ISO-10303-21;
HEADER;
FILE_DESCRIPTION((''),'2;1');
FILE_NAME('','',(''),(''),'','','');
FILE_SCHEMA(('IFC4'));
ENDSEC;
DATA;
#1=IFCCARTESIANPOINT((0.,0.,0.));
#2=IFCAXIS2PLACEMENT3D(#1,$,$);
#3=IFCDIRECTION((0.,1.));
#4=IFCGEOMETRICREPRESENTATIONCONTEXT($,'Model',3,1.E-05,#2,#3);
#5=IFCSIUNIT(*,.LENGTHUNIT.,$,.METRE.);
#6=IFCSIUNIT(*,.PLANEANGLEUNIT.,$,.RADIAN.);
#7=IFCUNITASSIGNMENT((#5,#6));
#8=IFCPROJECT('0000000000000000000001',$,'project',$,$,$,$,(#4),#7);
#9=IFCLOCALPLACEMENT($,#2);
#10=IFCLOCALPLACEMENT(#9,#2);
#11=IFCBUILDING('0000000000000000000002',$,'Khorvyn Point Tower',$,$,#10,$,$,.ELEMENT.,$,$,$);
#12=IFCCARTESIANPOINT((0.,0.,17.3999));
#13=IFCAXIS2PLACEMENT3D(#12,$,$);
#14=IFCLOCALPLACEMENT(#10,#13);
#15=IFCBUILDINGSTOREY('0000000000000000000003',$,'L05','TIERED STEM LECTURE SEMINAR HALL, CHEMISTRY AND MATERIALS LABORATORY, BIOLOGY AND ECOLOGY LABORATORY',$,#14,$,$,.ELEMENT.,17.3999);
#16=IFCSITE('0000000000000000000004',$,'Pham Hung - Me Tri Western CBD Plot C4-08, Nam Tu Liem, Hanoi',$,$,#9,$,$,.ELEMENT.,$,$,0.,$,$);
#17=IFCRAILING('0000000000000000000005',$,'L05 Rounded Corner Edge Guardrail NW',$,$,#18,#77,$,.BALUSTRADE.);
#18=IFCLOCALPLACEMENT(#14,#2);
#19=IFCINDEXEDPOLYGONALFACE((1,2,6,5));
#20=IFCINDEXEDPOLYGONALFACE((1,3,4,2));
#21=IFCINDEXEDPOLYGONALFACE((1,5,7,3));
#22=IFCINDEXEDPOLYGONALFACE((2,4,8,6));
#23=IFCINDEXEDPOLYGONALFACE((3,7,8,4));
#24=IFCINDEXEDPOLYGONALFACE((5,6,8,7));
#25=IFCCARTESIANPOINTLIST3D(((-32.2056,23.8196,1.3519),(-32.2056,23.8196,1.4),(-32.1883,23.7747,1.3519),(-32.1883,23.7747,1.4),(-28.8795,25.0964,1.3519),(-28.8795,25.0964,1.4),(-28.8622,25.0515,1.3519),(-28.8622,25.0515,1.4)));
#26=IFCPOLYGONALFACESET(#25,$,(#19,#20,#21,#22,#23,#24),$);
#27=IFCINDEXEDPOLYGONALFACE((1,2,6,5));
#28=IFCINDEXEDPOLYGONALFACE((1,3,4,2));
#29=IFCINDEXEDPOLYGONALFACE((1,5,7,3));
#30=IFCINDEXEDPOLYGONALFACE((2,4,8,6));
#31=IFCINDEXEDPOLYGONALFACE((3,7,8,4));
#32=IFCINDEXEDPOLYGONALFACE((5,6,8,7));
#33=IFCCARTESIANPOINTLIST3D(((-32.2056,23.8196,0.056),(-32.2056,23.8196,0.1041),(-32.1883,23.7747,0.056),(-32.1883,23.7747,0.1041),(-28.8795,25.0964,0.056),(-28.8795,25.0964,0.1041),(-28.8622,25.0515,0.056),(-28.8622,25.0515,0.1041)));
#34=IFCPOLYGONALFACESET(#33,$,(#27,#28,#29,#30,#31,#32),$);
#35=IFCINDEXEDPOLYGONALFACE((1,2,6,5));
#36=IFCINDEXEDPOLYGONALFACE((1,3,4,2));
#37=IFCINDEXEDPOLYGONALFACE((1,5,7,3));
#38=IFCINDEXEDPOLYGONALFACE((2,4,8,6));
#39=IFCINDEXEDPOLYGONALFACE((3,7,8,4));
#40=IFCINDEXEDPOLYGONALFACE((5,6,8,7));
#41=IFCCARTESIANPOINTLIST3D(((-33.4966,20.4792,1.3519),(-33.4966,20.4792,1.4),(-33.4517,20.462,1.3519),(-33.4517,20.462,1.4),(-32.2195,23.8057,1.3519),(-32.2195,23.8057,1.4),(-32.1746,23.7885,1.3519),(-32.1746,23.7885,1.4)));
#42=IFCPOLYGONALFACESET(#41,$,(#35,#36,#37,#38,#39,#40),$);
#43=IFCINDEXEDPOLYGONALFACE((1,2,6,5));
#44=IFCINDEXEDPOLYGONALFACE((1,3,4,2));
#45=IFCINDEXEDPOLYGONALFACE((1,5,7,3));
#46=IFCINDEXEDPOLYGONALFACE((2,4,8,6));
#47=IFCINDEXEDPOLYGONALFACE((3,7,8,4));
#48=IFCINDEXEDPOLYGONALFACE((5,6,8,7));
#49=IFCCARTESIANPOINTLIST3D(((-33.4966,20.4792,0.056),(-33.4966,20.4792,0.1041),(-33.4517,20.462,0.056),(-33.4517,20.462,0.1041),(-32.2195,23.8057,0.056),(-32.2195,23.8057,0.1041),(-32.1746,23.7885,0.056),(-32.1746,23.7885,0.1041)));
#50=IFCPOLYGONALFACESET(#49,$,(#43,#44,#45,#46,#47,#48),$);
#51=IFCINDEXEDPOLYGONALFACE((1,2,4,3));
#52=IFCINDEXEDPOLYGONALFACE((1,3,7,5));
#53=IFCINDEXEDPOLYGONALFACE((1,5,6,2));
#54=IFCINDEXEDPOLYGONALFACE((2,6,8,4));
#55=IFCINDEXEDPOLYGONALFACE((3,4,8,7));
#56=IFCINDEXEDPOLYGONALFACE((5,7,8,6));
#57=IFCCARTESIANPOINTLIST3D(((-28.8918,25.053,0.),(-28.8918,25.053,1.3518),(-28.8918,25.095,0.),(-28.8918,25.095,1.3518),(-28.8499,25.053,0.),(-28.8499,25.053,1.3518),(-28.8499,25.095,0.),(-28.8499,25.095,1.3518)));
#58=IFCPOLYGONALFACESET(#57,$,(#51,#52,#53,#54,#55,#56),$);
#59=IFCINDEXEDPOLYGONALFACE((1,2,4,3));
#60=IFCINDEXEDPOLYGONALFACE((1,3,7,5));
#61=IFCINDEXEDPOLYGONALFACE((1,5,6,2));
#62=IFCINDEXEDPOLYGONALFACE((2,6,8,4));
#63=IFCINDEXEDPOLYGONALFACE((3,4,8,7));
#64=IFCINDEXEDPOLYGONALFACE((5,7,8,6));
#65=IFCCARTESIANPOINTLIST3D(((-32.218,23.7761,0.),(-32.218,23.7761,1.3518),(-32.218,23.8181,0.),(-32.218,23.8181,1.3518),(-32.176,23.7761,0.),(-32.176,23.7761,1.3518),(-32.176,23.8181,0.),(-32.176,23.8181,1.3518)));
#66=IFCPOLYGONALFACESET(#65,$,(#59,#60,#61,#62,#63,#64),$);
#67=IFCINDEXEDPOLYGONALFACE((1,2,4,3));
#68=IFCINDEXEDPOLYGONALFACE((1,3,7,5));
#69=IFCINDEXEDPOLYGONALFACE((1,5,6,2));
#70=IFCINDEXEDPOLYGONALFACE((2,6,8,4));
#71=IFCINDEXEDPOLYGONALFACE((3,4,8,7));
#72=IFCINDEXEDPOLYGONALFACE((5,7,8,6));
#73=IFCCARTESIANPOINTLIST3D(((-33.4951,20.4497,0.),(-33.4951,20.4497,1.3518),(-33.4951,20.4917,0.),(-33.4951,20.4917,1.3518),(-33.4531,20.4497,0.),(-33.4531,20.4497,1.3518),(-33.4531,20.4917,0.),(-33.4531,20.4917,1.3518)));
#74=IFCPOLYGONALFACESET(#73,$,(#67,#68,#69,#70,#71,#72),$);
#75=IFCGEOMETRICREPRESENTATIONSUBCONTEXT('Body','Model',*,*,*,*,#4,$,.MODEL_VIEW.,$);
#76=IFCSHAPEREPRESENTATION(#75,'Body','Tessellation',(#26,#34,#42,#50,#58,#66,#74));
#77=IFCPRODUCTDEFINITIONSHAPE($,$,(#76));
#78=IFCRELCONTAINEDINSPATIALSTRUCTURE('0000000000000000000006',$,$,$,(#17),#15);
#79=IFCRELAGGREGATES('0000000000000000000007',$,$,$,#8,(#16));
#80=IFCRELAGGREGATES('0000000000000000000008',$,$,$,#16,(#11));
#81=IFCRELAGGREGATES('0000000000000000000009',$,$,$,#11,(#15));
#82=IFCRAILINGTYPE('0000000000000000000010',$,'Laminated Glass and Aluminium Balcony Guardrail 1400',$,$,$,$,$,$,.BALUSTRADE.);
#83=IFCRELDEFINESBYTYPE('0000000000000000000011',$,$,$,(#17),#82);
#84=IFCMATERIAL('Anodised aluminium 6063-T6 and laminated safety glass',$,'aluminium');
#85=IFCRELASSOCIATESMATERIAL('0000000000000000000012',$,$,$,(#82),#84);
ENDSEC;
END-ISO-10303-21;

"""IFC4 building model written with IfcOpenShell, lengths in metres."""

from ifc_helpers import new_model, si_unit, direction, frame, origin, origin_2d, place, context, subcontext, project, spatial, rectangle, extrude, material, type_object, element, save


model = new_model("IFC4")

# Units and contexts
model_context = context("Model", 3, precision=1e-05, world=origin(), true_north=direction((0.0, 1.0)))
body_context = subcontext(model_context, "Body", "Model", "MODEL_VIEW")
ifc_project = project(units=[si_unit("LENGTHUNIT", "METRE"), si_unit("PLANEANGLEUNIT", "RADIAN")], contexts=[model_context])

# Site, building, storey
site_placement = place(None, origin())
site = spatial("IfcSite", under=ifc_project, at=site_placement, Name="Pham Hung - Me Tri Western CBD Plot C4-08, Nam Tu Liem, Hanoi", CompositionType="ELEMENT", RefElevation=0.0)
building_placement = place(site_placement, origin())
building = spatial("IfcBuilding", under=site, at=building_placement, Name="Khorvyn Point Tower", CompositionType="ELEMENT")
storey_placement = place(building_placement, frame((0.0, 0.0, 17.3999)))
storey = spatial("IfcBuildingStorey", under=building, at=storey_placement, Name="L05", Description="TIERED STEM LECTURE SEMINAR HALL, CHEMISTRY AND MATERIALS LABORATORY, BIOLOGY AND ECOLOGY LABORATORY", CompositionType="ELEMENT", Elevation=17.3999)

# Railing
ifc_material_1 = material(Name="Anodised aluminium 6063-T6 and laminated safety glass", Category="aluminium")
railing_type = type_object("IfcRailingType", Name="Laminated Glass and Aluminium Balcony Guardrail 1400", PredefinedType="BALUSTRADE", material=ifc_material_1)
railing_placement = place(storey_placement, frame((-28.8708, 25.074, 0.0)))
element("IfcRailing", 1, at=railing_placement, inside=storey, type_object=railing_type, Name="L05 Rounded Corner Edge Guardrail NW", PredefinedType="BALUSTRADE", context=body_context, shape_type="SweptSolid", body=[
    extrude(rectangle(XDim=0.0481, YDim=0.0481, at=origin_2d()), frame((0.0, 0.0, 1.376), z_axis=(-0.933575, -0.358382, 0.0), x_axis=(0.358382, -0.933575, 0.0)), (0.0, 0.0, 1.0), 3.5627),
    extrude(rectangle(XDim=0.0481, YDim=0.0481, at=origin_2d()), frame((0.0, 0.0, 0.0801), z_axis=(-0.933575, -0.358382, 0.0), x_axis=(0.358382, -0.933575, 0.0)), (0.0, 0.0, 1.0), 3.5627),
    extrude(rectangle(XDim=0.0481, YDim=0.0481, at=origin_2d()), frame((-3.3262, -1.2769, 1.376), z_axis=(-0.358419, -0.933561, 0.0), x_axis=(0.933561, -0.358419, 0.0)), (0.0, 0.0, 1.0), 3.5632),
    extrude(rectangle(XDim=0.0481, YDim=0.0481, at=origin_2d()), frame((-3.3262, -1.2769, 0.0801), z_axis=(-0.358419, -0.933561, 0.0), x_axis=(0.933561, -0.358419, 0.0)), (0.0, 0.0, 1.0), 3.5632),
    extrude(rectangle(XDim=0.042, YDim=0.042, at=origin_2d()), origin(), (0.0, 0.0, 1.0), 1.3518),
    extrude(rectangle(XDim=0.042, YDim=0.042, at=origin_2d()), frame((-3.3262, -1.2769, 0.0)), (0.0, 0.0, 1.0), 1.3518),
    extrude(rectangle(XDim=0.042, YDim=0.042, at=origin_2d()), frame((-4.6033, -4.6033, 0.0)), (0.0, 0.0, 1.0), 1.3518),
])

save(model, "model.ifc")
